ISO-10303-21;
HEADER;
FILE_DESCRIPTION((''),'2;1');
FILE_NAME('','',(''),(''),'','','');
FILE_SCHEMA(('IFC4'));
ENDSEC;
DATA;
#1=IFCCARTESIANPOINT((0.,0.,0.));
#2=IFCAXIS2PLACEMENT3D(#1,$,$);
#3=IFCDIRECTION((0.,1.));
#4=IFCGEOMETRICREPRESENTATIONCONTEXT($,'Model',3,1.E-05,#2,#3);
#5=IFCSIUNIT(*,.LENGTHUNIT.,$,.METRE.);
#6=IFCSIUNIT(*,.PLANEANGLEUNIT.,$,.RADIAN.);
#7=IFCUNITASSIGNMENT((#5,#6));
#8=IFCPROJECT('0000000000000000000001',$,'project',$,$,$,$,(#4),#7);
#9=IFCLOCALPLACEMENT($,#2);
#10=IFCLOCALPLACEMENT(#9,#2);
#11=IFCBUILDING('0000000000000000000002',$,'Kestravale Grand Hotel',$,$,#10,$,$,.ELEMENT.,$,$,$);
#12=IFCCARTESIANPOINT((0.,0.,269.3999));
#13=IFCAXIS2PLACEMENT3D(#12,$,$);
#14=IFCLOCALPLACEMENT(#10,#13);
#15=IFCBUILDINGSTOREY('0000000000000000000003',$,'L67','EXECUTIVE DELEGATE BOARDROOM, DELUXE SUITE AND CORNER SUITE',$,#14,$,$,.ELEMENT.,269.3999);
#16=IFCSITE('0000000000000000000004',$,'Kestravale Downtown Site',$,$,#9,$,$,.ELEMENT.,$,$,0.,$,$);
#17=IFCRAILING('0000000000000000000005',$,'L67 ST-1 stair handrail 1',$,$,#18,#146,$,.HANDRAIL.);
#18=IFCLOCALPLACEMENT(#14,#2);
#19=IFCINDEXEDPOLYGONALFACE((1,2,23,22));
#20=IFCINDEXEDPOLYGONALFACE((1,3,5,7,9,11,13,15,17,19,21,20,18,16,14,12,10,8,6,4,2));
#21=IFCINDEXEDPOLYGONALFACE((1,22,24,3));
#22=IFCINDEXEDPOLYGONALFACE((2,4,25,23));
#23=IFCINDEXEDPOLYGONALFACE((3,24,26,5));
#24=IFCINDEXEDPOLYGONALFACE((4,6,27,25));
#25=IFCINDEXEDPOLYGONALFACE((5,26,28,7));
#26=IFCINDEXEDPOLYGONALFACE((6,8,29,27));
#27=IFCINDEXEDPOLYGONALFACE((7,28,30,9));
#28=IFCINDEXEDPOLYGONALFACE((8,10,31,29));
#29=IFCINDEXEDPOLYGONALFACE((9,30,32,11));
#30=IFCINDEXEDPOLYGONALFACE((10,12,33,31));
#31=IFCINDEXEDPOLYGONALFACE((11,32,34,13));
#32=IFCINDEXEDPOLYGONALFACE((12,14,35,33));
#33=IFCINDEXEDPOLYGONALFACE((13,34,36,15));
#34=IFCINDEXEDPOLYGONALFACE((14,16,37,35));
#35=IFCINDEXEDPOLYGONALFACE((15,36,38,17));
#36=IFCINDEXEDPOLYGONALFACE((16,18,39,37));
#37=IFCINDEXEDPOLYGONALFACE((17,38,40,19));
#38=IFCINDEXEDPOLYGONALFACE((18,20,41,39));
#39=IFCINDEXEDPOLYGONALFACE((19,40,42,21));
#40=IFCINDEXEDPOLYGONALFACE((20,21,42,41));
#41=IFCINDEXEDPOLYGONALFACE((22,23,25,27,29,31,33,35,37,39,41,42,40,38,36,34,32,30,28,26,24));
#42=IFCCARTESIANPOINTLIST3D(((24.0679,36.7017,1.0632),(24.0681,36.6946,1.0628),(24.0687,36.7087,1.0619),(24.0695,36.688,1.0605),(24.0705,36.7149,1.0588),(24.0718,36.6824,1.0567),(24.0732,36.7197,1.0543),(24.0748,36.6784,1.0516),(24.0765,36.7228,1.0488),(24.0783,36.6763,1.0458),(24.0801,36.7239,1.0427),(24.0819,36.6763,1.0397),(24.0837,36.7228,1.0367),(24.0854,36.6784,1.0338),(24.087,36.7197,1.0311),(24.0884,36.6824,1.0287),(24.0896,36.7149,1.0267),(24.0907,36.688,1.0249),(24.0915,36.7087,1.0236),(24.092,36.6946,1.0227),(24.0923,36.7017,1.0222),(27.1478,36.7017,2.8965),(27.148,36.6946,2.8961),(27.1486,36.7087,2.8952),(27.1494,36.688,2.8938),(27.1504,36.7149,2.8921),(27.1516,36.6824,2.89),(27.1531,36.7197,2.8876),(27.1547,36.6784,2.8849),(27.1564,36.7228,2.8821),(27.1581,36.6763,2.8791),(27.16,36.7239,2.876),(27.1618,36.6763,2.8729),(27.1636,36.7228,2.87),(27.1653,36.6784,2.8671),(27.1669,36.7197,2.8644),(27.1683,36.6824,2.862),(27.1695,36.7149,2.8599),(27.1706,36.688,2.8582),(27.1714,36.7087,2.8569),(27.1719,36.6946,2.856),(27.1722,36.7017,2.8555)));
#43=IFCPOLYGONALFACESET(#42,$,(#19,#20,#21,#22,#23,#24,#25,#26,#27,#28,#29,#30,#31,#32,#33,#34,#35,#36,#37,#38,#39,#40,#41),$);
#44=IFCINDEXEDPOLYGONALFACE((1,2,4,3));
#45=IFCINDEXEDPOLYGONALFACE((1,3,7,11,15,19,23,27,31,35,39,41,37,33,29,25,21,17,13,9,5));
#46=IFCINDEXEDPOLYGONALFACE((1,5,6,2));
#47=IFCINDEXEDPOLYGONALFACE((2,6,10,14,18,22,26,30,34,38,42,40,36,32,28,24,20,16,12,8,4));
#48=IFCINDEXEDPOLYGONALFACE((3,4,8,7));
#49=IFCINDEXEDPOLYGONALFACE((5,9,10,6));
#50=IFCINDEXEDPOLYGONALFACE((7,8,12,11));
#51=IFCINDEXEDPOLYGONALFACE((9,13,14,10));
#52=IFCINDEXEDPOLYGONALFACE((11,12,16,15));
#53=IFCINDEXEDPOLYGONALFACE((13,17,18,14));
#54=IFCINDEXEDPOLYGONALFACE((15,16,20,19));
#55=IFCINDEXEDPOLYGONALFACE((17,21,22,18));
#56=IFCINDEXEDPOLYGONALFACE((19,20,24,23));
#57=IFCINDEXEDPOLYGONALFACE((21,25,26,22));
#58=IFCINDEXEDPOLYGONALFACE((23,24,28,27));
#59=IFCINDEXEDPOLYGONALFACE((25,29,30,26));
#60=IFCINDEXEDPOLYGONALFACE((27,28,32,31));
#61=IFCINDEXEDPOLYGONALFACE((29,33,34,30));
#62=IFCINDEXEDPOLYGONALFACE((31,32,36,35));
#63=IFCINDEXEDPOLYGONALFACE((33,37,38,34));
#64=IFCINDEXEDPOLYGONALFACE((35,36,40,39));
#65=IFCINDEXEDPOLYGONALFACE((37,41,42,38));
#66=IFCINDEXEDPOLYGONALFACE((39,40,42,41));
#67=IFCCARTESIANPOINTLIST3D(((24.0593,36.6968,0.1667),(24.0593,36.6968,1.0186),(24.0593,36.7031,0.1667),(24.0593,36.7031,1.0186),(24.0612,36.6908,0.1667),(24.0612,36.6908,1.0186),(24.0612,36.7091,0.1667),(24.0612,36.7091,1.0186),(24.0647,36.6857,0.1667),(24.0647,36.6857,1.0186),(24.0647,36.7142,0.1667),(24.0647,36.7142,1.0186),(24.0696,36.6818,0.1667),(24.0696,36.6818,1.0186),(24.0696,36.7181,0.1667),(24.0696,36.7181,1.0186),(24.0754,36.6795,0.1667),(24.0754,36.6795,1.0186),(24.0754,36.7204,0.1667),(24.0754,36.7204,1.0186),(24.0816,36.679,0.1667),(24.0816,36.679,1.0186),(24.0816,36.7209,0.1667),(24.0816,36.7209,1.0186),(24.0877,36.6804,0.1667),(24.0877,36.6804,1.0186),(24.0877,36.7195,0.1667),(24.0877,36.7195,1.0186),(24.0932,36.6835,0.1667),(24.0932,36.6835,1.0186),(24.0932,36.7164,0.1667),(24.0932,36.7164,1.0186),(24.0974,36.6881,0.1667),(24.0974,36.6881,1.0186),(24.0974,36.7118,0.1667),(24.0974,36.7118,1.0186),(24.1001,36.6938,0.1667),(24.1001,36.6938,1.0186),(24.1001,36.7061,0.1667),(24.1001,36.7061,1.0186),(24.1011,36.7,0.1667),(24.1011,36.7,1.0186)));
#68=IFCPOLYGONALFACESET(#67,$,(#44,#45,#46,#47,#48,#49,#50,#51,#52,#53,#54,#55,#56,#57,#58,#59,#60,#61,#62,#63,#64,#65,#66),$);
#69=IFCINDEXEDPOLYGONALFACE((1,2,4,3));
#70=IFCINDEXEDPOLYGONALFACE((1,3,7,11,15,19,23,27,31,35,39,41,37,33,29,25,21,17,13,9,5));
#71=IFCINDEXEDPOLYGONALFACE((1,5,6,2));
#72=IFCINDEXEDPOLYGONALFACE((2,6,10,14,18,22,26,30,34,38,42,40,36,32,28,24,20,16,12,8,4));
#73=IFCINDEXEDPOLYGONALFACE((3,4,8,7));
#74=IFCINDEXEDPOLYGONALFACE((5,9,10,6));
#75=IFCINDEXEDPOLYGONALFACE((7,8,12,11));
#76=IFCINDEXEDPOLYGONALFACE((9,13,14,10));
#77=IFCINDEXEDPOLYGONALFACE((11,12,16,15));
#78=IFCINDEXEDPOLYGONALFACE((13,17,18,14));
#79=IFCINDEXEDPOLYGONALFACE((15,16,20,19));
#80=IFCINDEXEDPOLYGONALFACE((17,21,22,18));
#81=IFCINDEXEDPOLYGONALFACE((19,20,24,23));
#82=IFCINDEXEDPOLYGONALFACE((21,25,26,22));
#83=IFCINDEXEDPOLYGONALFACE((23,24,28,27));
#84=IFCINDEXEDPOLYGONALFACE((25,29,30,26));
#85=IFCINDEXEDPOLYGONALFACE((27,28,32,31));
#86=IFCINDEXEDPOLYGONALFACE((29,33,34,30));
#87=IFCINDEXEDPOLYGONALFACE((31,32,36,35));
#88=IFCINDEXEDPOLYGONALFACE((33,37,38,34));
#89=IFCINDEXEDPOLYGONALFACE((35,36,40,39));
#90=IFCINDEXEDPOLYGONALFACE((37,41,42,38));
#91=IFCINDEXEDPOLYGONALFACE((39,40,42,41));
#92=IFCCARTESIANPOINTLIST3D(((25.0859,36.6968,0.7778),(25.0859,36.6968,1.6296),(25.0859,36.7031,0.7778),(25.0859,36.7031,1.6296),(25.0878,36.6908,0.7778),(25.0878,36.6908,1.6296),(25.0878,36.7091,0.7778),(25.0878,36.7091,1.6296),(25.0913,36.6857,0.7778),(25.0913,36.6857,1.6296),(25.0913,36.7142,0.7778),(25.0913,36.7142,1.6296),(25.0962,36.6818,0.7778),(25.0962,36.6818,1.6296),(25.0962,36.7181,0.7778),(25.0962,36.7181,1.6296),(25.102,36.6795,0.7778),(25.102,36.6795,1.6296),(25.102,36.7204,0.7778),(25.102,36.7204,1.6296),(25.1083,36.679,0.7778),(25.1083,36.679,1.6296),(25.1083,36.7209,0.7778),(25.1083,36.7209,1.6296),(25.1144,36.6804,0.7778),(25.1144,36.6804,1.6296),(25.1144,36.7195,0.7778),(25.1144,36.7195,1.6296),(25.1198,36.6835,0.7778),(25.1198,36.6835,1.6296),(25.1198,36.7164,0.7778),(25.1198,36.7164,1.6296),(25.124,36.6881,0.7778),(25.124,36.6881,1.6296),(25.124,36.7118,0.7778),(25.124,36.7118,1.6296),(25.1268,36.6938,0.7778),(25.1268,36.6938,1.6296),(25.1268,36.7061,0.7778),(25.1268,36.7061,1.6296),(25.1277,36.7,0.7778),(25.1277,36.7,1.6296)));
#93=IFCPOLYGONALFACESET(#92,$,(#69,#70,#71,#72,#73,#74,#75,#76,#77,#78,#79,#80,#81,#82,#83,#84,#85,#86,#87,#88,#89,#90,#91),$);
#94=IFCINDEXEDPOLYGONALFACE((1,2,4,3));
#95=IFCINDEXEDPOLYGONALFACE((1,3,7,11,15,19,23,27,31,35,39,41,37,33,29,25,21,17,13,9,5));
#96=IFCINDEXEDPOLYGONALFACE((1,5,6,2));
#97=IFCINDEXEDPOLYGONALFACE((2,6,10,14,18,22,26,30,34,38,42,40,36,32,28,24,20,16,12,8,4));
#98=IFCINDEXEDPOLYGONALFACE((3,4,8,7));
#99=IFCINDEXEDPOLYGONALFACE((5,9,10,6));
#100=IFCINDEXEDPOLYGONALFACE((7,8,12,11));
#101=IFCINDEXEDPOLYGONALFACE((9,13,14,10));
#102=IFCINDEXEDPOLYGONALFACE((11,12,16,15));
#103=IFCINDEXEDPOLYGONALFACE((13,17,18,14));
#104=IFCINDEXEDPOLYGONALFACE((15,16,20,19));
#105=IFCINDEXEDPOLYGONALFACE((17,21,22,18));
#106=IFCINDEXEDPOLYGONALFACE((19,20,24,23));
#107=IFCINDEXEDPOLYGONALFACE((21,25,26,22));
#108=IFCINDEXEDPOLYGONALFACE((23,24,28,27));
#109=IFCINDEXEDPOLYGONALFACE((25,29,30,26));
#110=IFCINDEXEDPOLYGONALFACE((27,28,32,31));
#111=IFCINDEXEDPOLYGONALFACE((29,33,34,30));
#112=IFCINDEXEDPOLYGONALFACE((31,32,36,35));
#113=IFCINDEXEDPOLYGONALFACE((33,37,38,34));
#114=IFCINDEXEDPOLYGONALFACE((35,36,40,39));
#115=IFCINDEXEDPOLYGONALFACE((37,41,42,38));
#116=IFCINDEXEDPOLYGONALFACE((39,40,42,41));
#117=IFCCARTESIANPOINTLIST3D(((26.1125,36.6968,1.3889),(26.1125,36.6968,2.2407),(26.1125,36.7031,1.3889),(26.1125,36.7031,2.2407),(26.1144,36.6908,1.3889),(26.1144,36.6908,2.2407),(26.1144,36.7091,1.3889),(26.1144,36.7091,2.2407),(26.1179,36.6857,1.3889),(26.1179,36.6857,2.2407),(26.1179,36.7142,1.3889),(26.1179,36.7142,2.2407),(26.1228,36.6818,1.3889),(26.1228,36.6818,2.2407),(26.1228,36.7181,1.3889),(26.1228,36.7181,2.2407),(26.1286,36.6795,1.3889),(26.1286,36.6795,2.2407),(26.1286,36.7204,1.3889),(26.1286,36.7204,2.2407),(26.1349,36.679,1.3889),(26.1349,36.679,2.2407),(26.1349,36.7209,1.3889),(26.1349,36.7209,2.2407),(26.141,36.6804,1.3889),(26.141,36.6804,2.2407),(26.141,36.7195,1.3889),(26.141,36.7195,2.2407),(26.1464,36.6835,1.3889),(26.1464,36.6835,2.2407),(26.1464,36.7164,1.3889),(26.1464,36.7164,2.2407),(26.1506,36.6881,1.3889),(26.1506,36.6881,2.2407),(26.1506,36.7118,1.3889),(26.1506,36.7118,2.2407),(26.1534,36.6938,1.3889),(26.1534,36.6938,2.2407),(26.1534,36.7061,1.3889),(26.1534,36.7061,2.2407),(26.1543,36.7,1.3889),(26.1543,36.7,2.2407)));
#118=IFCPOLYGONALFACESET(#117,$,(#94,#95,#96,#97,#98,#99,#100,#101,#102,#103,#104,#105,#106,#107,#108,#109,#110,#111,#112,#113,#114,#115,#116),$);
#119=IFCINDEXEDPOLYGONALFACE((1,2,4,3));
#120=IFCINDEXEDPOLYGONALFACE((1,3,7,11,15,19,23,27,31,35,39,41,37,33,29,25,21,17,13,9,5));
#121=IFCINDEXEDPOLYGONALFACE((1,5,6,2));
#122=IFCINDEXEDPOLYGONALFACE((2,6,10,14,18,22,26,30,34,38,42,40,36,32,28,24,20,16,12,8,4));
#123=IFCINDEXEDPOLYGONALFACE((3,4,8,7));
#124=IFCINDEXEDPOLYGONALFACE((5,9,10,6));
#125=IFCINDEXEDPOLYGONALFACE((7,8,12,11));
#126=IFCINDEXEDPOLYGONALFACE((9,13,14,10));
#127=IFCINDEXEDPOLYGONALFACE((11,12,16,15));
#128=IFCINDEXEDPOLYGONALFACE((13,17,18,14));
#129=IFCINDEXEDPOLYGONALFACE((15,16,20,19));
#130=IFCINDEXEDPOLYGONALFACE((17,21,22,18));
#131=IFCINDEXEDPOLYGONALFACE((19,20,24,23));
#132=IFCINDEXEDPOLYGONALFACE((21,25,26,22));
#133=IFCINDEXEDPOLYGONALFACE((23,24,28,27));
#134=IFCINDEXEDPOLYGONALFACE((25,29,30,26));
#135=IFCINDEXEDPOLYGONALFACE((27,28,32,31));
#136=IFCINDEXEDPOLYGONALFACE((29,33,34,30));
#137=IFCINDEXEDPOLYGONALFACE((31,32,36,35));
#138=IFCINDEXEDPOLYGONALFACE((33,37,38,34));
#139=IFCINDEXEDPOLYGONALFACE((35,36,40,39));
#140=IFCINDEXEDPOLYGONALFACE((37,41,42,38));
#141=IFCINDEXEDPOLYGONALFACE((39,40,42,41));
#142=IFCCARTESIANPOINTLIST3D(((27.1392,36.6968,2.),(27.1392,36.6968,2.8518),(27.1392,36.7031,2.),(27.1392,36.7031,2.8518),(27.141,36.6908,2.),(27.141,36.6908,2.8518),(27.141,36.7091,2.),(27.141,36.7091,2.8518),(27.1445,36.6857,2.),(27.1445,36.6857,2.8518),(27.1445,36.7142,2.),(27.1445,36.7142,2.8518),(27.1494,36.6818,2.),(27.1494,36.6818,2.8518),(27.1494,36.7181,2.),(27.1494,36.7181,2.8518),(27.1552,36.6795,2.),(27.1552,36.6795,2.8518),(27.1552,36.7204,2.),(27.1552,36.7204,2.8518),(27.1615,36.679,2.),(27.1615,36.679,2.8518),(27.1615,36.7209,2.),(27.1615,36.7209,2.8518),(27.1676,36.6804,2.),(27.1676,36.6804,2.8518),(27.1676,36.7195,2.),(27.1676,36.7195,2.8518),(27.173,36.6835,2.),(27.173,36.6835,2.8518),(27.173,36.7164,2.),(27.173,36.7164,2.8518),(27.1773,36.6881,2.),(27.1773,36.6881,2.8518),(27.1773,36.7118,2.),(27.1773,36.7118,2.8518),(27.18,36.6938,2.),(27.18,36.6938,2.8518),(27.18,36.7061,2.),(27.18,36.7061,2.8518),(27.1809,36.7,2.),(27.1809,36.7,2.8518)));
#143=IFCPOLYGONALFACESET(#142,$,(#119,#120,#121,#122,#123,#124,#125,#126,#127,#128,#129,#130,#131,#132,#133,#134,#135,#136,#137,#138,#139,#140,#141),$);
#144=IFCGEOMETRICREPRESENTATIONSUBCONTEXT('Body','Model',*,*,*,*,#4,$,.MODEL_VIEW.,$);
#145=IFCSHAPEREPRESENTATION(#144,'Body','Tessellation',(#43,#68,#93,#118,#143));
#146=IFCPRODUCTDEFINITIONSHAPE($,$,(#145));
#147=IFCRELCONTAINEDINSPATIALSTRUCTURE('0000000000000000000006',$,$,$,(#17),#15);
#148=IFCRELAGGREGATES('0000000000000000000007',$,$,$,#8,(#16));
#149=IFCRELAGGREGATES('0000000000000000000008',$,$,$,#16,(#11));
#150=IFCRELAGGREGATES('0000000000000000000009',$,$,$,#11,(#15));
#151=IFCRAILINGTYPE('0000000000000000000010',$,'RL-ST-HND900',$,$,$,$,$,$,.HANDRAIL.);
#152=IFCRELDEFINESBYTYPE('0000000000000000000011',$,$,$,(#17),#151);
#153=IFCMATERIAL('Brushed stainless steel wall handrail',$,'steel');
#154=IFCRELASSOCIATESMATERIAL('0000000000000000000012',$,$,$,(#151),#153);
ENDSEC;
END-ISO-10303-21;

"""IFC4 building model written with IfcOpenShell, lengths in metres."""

from ifc_helpers import new_model, si_unit, direction, frame, origin, origin_2d, place, context, subcontext, project, spatial, circle, extrude, material, type_object, element, save


model = new_model("IFC4")

# Units and contexts
model_context = context("Model", 3, precision=1e-05, world=origin(), true_north=direction((0.0, 1.0)))
body_context = subcontext(model_context, "Body", "Model", "MODEL_VIEW")
ifc_project = project(units=[si_unit("LENGTHUNIT", "METRE"), si_unit("PLANEANGLEUNIT", "RADIAN")], contexts=[model_context])

# Site, building, storey
site_placement = place(None, origin())
site = spatial("IfcSite", under=ifc_project, at=site_placement, Name="Kestravale Downtown Site", CompositionType="ELEMENT", RefElevation=0.0)
building_placement = place(site_placement, origin())
building = spatial("IfcBuilding", under=site, at=building_placement, Name="Kestravale Grand Hotel", CompositionType="ELEMENT")
storey_placement = place(building_placement, frame((0.0, 0.0, 269.3999)))
storey = spatial("IfcBuildingStorey", under=building, at=storey_placement, Name="L67", Description="EXECUTIVE DELEGATE BOARDROOM, DELUXE SUITE AND CORNER SUITE", CompositionType="ELEMENT", Elevation=269.3999)

# Railing
ifc_material_1 = material(Name="Brushed stainless steel wall handrail", Category="steel")
railing_type_1 = type_object("IfcRailingType", Name="RL-ST-HND900", PredefinedType="HANDRAIL", material=ifc_material_1)
railing_1_placement = place(storey_placement, frame((24.0801, 36.7, 0.1667)))
element("IfcRailing", 1, at=railing_1_placement, inside=storey, type_object=railing_type_1, Name="L67 ST-1 stair handrail 1", PredefinedType="HANDRAIL", context=body_context, shape_type="SweptSolid", body=[
    extrude(circle(Radius=0.0239, at=origin_2d()), frame((0.0, 0.0, 0.876), z_axis=(0.859291, 0.0, 0.511487), x_axis=(0.0, 1.0, 0.0)), (0.0, 0.0, 1.0), 3.5842),
    extrude(circle(Radius=0.021, at=origin_2d()), origin(), (0.0, 0.0, 1.0), 0.8518),
    extrude(circle(Radius=0.021, at=origin_2d()), frame((1.0266, 0.0, 0.6111)), (0.0, 0.0, 1.0), 0.8518),
    extrude(circle(Radius=0.021, at=origin_2d()), frame((2.0532, 0.0, 1.2222)), (0.0, 0.0, 1.0), 0.8518),
    extrude(circle(Radius=0.021, at=origin_2d()), frame((3.0798, 0.0, 1.8333)), (0.0, 0.0, 1.0), 0.8518),
])

save(model, "model.ifc")
